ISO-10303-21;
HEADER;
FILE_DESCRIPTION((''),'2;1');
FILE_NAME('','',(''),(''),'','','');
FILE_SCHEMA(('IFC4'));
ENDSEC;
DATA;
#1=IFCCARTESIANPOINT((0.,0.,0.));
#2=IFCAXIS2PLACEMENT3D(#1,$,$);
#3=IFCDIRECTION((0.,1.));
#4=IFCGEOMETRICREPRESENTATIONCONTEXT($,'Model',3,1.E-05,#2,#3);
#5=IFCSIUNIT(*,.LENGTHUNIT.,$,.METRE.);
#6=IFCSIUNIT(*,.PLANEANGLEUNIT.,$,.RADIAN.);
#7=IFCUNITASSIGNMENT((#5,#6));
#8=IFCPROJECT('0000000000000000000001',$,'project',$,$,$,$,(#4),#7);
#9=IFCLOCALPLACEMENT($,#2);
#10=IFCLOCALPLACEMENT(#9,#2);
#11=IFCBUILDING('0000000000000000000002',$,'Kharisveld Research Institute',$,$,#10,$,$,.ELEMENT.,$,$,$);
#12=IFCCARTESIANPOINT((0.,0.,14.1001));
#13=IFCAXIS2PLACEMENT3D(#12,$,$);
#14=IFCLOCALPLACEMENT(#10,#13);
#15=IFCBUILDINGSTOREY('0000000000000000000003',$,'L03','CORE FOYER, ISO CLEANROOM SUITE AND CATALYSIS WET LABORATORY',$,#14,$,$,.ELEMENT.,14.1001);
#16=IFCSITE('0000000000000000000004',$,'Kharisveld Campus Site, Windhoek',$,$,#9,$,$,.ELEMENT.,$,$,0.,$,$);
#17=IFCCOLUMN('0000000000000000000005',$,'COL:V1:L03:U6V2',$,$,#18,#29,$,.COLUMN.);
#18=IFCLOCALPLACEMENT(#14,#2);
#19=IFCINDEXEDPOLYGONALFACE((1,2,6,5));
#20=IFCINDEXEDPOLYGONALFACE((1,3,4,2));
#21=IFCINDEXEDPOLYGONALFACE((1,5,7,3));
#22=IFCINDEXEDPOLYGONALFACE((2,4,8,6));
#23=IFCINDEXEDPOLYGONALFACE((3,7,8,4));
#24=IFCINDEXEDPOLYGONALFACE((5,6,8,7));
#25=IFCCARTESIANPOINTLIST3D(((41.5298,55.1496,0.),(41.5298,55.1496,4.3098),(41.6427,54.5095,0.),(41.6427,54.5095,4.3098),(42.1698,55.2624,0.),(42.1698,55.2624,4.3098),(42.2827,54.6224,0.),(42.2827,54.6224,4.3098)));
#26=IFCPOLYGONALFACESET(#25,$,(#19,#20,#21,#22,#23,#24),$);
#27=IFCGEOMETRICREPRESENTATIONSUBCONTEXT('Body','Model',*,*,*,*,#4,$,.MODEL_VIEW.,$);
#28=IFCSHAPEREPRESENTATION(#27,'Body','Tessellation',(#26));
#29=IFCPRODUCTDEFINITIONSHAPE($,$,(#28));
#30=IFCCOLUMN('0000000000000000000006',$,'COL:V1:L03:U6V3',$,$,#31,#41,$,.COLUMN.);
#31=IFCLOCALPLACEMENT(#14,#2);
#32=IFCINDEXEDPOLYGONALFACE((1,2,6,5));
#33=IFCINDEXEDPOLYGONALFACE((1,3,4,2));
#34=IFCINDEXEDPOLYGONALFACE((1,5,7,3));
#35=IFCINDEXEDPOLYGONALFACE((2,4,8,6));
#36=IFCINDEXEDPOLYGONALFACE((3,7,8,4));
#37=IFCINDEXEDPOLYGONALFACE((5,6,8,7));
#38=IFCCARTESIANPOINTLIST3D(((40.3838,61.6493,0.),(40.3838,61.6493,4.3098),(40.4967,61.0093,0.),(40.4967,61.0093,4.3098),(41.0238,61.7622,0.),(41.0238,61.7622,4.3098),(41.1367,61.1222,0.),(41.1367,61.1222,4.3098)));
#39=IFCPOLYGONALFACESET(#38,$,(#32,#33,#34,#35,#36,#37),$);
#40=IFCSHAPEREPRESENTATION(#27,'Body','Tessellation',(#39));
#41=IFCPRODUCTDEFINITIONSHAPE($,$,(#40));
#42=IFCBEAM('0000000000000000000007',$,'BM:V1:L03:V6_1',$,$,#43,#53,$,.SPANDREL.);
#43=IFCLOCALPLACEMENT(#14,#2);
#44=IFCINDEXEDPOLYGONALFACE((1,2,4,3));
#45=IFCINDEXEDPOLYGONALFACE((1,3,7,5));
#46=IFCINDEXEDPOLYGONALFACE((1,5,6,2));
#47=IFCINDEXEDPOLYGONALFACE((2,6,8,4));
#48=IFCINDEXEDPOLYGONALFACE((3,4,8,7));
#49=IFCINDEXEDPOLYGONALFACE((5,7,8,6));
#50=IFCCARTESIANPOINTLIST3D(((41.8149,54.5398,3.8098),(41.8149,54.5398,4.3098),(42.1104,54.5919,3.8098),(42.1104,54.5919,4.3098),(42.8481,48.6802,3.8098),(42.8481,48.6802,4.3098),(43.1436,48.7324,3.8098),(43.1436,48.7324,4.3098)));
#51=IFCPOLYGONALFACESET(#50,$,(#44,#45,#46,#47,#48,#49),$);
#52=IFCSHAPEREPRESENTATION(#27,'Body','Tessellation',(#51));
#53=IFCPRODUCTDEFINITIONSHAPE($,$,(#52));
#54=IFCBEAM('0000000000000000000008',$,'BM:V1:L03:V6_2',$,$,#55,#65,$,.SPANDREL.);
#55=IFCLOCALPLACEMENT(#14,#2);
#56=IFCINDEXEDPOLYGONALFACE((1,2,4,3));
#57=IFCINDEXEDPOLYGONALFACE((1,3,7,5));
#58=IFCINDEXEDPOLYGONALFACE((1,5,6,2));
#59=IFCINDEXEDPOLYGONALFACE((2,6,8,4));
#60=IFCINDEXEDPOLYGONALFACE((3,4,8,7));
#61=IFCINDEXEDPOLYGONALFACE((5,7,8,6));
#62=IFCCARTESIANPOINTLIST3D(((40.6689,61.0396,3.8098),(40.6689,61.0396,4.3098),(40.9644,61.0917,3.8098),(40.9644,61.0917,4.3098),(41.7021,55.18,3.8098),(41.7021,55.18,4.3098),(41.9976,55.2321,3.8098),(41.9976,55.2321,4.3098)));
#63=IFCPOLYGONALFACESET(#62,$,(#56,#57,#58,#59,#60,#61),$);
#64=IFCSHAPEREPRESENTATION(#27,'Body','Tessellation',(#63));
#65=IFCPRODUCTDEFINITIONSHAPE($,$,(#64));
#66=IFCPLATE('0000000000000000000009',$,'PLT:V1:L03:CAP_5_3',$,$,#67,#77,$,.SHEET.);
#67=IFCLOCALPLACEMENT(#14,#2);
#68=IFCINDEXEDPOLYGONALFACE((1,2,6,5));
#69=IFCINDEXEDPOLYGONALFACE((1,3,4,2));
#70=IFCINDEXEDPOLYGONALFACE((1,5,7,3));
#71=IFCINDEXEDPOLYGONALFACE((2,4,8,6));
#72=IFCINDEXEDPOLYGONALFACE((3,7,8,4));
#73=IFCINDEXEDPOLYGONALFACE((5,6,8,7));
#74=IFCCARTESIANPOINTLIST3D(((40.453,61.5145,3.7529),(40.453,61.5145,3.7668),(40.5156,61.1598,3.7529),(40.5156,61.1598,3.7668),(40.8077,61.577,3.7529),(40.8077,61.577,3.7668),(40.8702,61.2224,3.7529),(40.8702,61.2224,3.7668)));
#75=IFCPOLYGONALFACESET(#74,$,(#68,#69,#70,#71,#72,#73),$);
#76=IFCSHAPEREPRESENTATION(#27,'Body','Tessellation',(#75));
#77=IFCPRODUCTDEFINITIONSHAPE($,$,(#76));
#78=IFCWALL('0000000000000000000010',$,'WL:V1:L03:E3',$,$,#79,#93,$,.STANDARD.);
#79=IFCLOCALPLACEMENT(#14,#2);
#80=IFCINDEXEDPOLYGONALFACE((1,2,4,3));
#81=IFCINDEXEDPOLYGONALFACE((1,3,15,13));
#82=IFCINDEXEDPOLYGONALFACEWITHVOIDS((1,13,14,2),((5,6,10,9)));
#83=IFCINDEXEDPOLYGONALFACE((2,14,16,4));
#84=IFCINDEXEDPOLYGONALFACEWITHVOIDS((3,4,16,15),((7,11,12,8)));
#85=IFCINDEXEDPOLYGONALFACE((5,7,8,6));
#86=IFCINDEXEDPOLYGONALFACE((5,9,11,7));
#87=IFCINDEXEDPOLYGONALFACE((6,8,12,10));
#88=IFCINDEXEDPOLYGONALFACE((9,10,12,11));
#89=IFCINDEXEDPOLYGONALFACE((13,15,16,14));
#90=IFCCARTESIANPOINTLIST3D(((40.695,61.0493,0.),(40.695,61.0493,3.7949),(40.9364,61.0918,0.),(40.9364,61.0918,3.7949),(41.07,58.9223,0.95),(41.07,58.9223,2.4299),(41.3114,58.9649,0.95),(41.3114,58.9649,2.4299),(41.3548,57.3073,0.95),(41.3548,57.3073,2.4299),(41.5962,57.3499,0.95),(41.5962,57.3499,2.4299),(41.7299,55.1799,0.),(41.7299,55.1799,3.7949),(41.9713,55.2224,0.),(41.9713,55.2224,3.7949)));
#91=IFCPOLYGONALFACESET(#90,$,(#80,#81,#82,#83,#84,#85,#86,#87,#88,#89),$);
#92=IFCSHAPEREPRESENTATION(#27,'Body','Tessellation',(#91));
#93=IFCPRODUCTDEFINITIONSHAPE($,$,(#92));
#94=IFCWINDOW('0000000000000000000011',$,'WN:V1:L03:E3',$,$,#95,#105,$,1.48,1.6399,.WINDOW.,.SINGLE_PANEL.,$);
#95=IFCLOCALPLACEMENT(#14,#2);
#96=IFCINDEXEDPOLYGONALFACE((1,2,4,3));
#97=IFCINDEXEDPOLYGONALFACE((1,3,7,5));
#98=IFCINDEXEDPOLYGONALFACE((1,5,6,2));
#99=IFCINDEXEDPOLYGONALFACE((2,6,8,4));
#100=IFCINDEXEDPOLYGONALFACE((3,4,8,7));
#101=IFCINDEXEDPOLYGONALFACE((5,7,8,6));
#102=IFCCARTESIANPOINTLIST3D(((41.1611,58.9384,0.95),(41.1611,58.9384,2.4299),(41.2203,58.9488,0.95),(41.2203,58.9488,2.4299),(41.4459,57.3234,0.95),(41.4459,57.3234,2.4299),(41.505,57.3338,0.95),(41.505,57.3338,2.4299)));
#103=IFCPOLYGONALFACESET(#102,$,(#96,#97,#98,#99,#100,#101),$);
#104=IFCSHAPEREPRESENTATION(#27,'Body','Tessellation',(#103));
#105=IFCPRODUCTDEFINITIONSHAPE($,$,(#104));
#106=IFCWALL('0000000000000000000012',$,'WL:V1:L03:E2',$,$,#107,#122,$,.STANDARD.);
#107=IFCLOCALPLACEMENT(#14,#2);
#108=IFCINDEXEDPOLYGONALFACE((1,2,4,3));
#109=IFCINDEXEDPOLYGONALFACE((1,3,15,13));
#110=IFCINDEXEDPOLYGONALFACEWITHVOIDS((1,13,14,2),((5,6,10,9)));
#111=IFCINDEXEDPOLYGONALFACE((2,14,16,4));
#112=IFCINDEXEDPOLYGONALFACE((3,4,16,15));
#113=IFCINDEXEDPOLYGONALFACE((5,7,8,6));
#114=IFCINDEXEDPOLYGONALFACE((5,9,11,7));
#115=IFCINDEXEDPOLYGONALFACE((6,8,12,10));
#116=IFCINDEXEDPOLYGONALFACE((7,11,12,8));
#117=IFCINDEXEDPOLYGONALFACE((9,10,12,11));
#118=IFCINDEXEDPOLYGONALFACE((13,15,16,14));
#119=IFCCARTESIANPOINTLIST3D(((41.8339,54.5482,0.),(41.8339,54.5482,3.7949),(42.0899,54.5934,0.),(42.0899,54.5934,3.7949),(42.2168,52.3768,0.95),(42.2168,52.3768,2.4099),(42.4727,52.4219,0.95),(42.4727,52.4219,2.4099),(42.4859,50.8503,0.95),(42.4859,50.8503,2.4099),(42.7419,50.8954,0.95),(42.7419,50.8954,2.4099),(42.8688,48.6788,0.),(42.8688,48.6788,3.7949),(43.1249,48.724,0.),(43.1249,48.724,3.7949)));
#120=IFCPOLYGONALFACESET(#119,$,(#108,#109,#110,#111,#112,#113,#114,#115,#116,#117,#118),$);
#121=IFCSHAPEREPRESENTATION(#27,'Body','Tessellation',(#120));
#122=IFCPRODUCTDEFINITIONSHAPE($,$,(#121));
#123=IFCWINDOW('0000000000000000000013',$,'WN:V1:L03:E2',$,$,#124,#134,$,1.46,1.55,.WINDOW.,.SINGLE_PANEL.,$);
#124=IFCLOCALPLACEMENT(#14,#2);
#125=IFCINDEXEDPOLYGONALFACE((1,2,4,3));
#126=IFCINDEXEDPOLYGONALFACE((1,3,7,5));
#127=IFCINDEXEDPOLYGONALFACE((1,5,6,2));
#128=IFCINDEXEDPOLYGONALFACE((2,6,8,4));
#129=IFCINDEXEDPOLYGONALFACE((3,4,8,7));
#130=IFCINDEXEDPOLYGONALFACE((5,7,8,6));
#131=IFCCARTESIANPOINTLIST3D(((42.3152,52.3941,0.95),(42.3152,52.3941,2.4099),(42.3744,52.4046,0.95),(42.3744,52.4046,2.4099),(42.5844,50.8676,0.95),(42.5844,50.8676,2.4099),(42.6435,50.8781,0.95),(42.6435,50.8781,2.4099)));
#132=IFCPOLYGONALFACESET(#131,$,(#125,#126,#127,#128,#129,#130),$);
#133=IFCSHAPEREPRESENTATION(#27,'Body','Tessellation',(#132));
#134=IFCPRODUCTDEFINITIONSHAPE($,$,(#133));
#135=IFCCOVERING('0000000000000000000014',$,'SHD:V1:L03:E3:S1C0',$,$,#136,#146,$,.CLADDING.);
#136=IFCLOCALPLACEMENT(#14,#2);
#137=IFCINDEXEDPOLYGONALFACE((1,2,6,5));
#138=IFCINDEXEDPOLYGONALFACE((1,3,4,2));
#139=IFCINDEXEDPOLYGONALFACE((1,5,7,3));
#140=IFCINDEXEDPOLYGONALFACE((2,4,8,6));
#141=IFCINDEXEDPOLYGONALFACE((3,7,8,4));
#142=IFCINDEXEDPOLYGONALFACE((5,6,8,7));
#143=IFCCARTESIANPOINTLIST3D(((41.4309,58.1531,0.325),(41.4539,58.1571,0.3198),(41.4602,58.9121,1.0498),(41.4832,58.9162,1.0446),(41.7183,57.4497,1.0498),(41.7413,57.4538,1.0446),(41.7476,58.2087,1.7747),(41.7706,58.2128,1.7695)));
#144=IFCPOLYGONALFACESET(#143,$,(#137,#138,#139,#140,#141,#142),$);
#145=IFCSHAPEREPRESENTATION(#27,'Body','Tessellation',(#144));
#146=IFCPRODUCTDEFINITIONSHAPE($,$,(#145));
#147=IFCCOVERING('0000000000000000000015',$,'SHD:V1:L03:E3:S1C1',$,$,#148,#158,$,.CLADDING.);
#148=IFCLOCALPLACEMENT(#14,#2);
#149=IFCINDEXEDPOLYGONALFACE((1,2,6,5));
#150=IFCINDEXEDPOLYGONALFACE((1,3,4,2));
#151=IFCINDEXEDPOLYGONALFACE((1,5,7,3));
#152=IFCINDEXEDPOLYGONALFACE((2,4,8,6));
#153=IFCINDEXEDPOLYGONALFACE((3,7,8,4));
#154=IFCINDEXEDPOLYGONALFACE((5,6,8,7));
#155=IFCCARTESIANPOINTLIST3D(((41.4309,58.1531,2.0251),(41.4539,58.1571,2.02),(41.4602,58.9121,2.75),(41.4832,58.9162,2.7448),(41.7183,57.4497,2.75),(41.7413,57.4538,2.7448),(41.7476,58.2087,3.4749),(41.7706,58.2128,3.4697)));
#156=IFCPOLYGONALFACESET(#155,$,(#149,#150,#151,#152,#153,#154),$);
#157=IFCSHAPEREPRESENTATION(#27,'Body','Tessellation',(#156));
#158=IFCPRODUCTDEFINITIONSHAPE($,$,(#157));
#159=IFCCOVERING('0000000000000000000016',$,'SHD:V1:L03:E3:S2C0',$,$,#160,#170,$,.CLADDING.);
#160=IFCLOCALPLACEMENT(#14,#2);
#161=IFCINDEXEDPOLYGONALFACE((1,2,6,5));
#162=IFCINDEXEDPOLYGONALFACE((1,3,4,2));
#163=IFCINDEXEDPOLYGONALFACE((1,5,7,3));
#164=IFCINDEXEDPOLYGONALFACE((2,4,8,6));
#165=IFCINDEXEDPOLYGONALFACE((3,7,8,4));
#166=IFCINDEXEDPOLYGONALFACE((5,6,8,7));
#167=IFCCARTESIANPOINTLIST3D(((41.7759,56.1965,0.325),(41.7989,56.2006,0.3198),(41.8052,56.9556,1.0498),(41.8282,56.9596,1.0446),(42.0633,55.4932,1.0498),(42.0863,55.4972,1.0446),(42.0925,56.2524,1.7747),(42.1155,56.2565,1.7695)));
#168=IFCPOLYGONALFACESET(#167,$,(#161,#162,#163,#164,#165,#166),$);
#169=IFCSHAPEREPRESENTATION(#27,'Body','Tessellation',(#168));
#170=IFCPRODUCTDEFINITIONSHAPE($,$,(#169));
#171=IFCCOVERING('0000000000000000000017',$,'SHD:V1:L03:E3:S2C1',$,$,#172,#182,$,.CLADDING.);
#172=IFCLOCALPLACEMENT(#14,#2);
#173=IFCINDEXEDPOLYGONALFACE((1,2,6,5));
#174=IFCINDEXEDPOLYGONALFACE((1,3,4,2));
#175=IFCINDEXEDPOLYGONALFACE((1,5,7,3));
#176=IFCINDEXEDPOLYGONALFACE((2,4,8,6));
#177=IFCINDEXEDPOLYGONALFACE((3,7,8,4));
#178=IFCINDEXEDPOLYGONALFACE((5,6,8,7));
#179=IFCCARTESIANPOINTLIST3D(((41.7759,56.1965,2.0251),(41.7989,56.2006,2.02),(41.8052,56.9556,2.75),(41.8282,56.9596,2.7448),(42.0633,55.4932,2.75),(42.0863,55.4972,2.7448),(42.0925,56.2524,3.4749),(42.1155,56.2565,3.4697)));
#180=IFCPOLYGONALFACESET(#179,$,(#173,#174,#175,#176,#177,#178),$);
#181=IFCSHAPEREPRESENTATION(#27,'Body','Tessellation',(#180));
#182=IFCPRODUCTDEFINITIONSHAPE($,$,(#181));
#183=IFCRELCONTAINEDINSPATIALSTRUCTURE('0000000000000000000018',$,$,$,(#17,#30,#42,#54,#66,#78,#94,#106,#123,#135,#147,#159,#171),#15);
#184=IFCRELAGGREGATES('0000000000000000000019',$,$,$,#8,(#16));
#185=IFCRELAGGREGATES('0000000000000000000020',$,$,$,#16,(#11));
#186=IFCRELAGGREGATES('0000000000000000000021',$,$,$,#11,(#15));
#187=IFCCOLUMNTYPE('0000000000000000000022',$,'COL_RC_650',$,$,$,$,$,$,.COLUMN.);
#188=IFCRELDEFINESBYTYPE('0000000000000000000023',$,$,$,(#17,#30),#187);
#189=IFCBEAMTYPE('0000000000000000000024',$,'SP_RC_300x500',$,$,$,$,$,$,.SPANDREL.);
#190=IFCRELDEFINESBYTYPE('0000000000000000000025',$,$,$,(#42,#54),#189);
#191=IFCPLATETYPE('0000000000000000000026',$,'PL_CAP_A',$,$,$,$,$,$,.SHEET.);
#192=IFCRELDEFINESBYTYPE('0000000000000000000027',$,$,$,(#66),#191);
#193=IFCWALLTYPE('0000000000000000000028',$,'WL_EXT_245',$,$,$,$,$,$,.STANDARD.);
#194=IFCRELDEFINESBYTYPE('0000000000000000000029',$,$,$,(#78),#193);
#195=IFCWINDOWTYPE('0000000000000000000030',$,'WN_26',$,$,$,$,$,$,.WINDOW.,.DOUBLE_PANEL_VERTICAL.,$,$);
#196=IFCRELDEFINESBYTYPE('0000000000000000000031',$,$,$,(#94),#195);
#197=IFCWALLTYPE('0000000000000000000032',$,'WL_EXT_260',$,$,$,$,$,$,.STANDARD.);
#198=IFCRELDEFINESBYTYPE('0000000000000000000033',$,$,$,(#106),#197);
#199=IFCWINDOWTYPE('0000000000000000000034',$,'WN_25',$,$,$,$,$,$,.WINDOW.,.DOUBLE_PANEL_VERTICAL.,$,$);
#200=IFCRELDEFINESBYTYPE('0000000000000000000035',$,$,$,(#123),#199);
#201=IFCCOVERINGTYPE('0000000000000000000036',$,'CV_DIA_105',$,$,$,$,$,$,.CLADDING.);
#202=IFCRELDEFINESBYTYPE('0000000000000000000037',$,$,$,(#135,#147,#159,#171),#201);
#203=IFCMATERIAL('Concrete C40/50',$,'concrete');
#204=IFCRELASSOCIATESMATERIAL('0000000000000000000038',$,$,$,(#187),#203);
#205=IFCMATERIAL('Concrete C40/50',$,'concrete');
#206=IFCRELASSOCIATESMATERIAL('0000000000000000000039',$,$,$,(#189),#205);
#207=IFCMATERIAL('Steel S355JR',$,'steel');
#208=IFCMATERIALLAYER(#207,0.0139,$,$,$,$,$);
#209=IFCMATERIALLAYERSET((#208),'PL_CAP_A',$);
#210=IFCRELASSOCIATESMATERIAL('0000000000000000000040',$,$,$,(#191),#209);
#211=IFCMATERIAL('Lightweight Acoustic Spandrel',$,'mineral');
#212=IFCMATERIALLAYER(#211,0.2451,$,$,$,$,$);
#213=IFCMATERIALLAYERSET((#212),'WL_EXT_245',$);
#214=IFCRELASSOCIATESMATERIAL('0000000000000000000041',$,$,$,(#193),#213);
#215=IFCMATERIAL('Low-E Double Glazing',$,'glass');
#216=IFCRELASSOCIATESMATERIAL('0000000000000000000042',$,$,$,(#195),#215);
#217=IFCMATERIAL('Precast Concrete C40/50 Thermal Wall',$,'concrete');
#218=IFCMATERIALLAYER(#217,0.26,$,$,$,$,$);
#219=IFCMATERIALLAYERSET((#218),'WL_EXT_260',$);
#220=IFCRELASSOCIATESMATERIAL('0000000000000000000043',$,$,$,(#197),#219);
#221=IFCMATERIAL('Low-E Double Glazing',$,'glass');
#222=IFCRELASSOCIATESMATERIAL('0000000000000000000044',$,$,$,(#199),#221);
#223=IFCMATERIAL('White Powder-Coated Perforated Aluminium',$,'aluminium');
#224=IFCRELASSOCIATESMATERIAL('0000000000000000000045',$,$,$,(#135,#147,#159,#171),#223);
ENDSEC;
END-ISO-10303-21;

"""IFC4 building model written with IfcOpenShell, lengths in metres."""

from ifc_helpers import new_model, si_unit, direction, frame, frame_2d, origin, origin_2d, place, context, subcontext, project, spatial, polyline, rectangle, outline, extrude, material, layer, layer_set, material_profile, profile_set, type_object, element, fill, save


model = new_model("IFC4")

# Units and contexts
model_context = context("Model", 3, precision=1e-05, world=origin(), true_north=direction((0.0, 1.0)))
body_context = subcontext(model_context, "Body", "Model", "MODEL_VIEW")
ifc_project = project(units=[si_unit("LENGTHUNIT", "METRE"), si_unit("PLANEANGLEUNIT", "RADIAN")], contexts=[model_context])

# Site, building, storey
site_placement = place(None, origin())
site = spatial("IfcSite", under=ifc_project, at=site_placement, Name="Kharisveld Campus Site, Windhoek", CompositionType="ELEMENT", RefElevation=0.0)
building_placement = place(site_placement, origin())
building = spatial("IfcBuilding", under=site, at=building_placement, Name="Kharisveld Research Institute", CompositionType="ELEMENT")
storey_placement = place(building_placement, frame((0.0, 0.0, 14.1001)))
storey = spatial("IfcBuildingStorey", under=building, at=storey_placement, Name="L03", Description="CORE FOYER, ISO CLEANROOM SUITE AND CATALYSIS WET LABORATORY", CompositionType="ELEMENT", Elevation=14.1001)

# Columns
ifc_material_1 = material(Name="Concrete C40/50", Category="concrete")
ifc_material_profile_1 = material_profile(ifc_material_1, rectangle(XDim=0.6499, YDim=0.6499, at=origin_2d()))
ifc_profile_set_1 = profile_set([ifc_material_profile_1], Name="Concrete C40/50")
column_type = type_object("IfcColumnType", Name="COL_RC_650", PredefinedType="COLUMN", material=ifc_profile_set_1)
for number, where, z_axis, x_axis, name in (
    (1, (41.9062, 54.886, 0.0), (0.0, 0.0, 1.0), (0.984808, 0.173648, 0.0), "COL:V1:L03:U6V2"),
    (2, (40.7603, 61.3857, 0.0), (0.0, 0.0, 1.0), (0.984808, 0.173648, 0.0), "COL:V1:L03:U6V3"),
):
    element("IfcColumn", number, at=place(storey_placement, frame(where, z_axis=z_axis, x_axis=x_axis)), inside=storey, type_object=column_type, Name=name, PredefinedType="COLUMN", context=body_context, shape_type="SweptSolid", body=[
        extrude(rectangle(XDim=0.6499, YDim=0.6499, at=origin_2d()), origin(), (0.0, 0.0, 1.0), 4.3098),
    ])

# Beams
ifc_material_2 = material(Name="Concrete C40/50", Category="concrete")
ifc_material_profile_2 = material_profile(ifc_material_2, rectangle(XDim=0.3, YDim=0.5, at=origin_2d()))
ifc_profile_set_2 = profile_set([ifc_material_profile_2], Name="Concrete C40/50")
beam_type = type_object("IfcBeamType", Name="SP_RC_300x500", PredefinedType="SPANDREL", material=ifc_profile_set_2)
for number, where, z_axis, x_axis, name in (
    (3, (42.9958, 48.7063, 4.0598), (-0.173647, 0.984808, 0.0), (-0.984808, -0.173647, 0.0), "BM:V1:L03:V6_1"),
    (4, (41.8499, 55.2061, 4.0598), (-0.173647, 0.984808, 0.0), (-0.984808, -0.173647, 0.0), "BM:V1:L03:V6_2"),
):
    element("IfcBeam", number, at=place(storey_placement, frame(where, z_axis=z_axis, x_axis=x_axis)), inside=storey, type_object=beam_type, Name=name, PredefinedType="SPANDREL", context=body_context, shape_type="SweptSolid", body=[
        extrude(rectangle(XDim=0.3, YDim=0.5, at=origin_2d()), origin(), (0.0, 0.0, 1.0), 5.95),
    ])

# Plate
ifc_material_3 = material(Name="Steel S355JR", Category="steel")
ifc_layer_1 = layer(ifc_material_3, 0.0139)
ifc_layer_set_1 = layer_set([ifc_layer_1], Name="PL_CAP_A")
plate_type = type_object("IfcPlateType", Name="PL_CAP_A", PredefinedType="SHEET", material=ifc_layer_set_1)
plate_placement = place(storey_placement, frame((40.6616, 61.3684, 3.7529), z_axis=(0.0, 0.0, 1.0), x_axis=(0.984808, 0.173648, 0.0)))
element("IfcPlate", 5, at=plate_placement, inside=storey, type_object=plate_type, Name="PLT:V1:L03:CAP_5_3", PredefinedType="SHEET", context=body_context, shape_type="SweptSolid", body=[
    extrude(rectangle(XDim=0.3601, YDim=0.3601, at=origin_2d()), origin(), (0.0, 0.0, 1.0), 0.0139),
])

# Walls, openings, windows
ifc_material_4 = material(Name="Lightweight Acoustic Spandrel", Category="mineral")
ifc_layer_2 = layer(ifc_material_4, 0.2451)
ifc_layer_set_2 = layer_set([ifc_layer_2], Name="WL_EXT_245")
wall_type_1 = type_object("IfcWallType", Name="WL_EXT_245", PredefinedType="STANDARD", material=ifc_layer_set_2)
wall_1_placement = place(storey_placement, frame((40.8157, 61.0706, 0.0), z_axis=(0.0, 0.0, 1.0), x_axis=(0.173645, -0.984808, 0.0)))
wall_1 = element("IfcWall", 6, at=wall_1_placement, inside=storey, type_object=wall_type_1, Name="WL:V1:L03:E3", PredefinedType="STANDARD", context=body_context, shape_type="SweptSolid", body=[
    extrude(rectangle(XDim=5.96, YDim=0.2451, at=frame_2d((2.98, 0.0))), origin(), (0.0, 0.0, 1.0), 3.7949),
])
opening_1_placement = place(wall_1_placement, frame((2.1599, 0.0, 0.95)))
opening_1 = element("IfcOpeningElement", 7, at=opening_1_placement, cuts=wall_1, PredefinedType="OPENING", context=body_context, shape_type="SweptSolid", body=[
    extrude(rectangle(XDim=1.6399, YDim=1.48, at=frame_2d((0.8198, 0.74))), frame((0.0, 0.1226, 0.0), z_axis=(0.0, -1.0, 0.0), x_axis=(1.0, 0.0, 0.0)), (0.0, 0.0, 1.0), 0.2451),
])
ifc_material_5 = material(Name="Low-E Double Glazing", Category="glass")
window_type_1 = type_object("IfcWindowType", Name="WN_26", PartitioningType="DOUBLE_PANEL_VERTICAL", PredefinedType="WINDOW", material=ifc_material_5)
window_1_placement = place(opening_1_placement, origin())
window_1 = element("IfcWindow", 8, at=window_1_placement, inside=storey, type_object=window_type_1, Name="WN:V1:L03:E3", OverallHeight=1.48, OverallWidth=1.6399, PartitioningType="SINGLE_PANEL", PredefinedType="WINDOW", context=body_context, shape_type="SweptSolid", body=[
    extrude(rectangle(XDim=1.6399, YDim=1.48, at=frame_2d((0.8198, 0.74))), frame((0.0, 0.03, 0.0), z_axis=(0.0, -1.0, 0.0), x_axis=(1.0, 0.0, 0.0)), (0.0, 0.0, 1.0), 0.0601),
])
fill(opening_1, window_1)
ifc_material_6 = material(Name="Precast Concrete C40/50 Thermal Wall", Category="concrete")
ifc_layer_3 = layer(ifc_material_6, 0.26)
ifc_layer_set_3 = layer_set([ifc_layer_3], Name="WL_EXT_260")
wall_type_2 = type_object("IfcWallType", Name="WL_EXT_260", PredefinedType="STANDARD", material=ifc_layer_set_3)
wall_2_placement = place(storey_placement, frame((41.9619, 54.5708, 0.0), z_axis=(0.0, 0.0, 1.0), x_axis=(0.173645, -0.984808, 0.0)))
wall_2 = element("IfcWall", 9, at=wall_2_placement, inside=storey, type_object=wall_type_2, Name="WL:V1:L03:E2", PredefinedType="STANDARD", context=body_context, shape_type="SweptSolid", body=[
    extrude(rectangle(XDim=5.96, YDim=0.26, at=frame_2d((2.98, 0.0))), origin(), (0.0, 0.0, 1.0), 3.7949),
])
opening_2_placement = place(wall_2_placement, frame((2.2051, 0.0, 0.95)))
opening_2 = element("IfcOpeningElement", 10, at=opening_2_placement, cuts=wall_2, PredefinedType="OPENING", context=body_context, shape_type="SweptSolid", body=[
    extrude(rectangle(XDim=1.55, YDim=1.46, at=frame_2d((0.7749, 0.73))), frame((0.0, 0.1299, 0.0), z_axis=(0.0, -1.0, 0.0), x_axis=(1.0, 0.0, 0.0)), (0.0, 0.0, 1.0), 0.26),
])
ifc_material_7 = material(Name="Low-E Double Glazing", Category="glass")
window_type_2 = type_object("IfcWindowType", Name="WN_25", PartitioningType="DOUBLE_PANEL_VERTICAL", PredefinedType="WINDOW", material=ifc_material_7)
window_2_placement = place(opening_2_placement, origin())
window_2 = element("IfcWindow", 11, at=window_2_placement, inside=storey, type_object=window_type_2, Name="WN:V1:L03:E2", OverallHeight=1.46, OverallWidth=1.55, PartitioningType="SINGLE_PANEL", PredefinedType="WINDOW", context=body_context, shape_type="SweptSolid", body=[
    extrude(rectangle(XDim=1.55, YDim=1.46, at=frame_2d((0.7749, 0.73))), frame((0.0, 0.03, 0.0), z_axis=(0.0, -1.0, 0.0), x_axis=(1.0, 0.0, 0.0)), (0.0, 0.0, 1.0), 0.0601),
])
fill(opening_2, window_2)

# Coverings
ifc_material_8 = material(Name="White Powder-Coated Perforated Aluminium", Category="aluminium")
covering_type = type_object("IfcCoveringType", Name="CV_DIA_105", PredefinedType="CLADDING")
for number, where, z_axis, x_axis, name in (
    (12, (41.4309, 58.1531, 0.325), (-0.961426, -0.169654, 0.216512), (0.273644, -0.669811, 0.69027), "SHD:V1:L03:E3:S1C0"),
    (13, (41.4309, 58.1531, 2.0251), (-0.961426, -0.169654, 0.216512), (0.273644, -0.669811, 0.69027), "SHD:V1:L03:E3:S1C1"),
):
    element("IfcCovering", number, at=place(storey_placement, frame(where, z_axis=z_axis, x_axis=x_axis)), inside=storey, type_object=covering_type, material=ifc_material_8, Name=name, PredefinedType="CLADDING", context=body_context, shape_type="SweptSolid", body=[
        extrude(outline(polyline([(0.0, 0.0), (1.0501, 0.0), (1.0501, 1.05), (0.0, 1.05), (0.0, 0.0)])), origin(), (0.0, 0.0, -1.0), 0.0239),
    ])
for number, where, z_axis, x_axis, name in (
    (14, (41.7759, 56.1965, 0.325), (-0.96142, -0.169653, 0.21654), (0.273663, -0.669807, 0.690266), "SHD:V1:L03:E3:S2C0"),
    (15, (41.7759, 56.1965, 2.0251), (-0.96142, -0.169653, 0.21654), (0.273663, -0.669807, 0.690266), "SHD:V1:L03:E3:S2C1"),
):
    element("IfcCovering", number, at=place(storey_placement, frame(where, z_axis=z_axis, x_axis=x_axis)), inside=storey, type_object=covering_type, material=ifc_material_8, Name=name, PredefinedType="CLADDING", context=body_context, shape_type="SweptSolid", body=[
        extrude(outline(polyline([(0.0, 0.0), (1.0501, 0.0), (1.0499, 1.0501), (0.0, 1.05), (0.0, 0.0)])), origin(), (0.0, 0.0, -1.0), 0.0239),
    ])

save(model, "model.ifc")
